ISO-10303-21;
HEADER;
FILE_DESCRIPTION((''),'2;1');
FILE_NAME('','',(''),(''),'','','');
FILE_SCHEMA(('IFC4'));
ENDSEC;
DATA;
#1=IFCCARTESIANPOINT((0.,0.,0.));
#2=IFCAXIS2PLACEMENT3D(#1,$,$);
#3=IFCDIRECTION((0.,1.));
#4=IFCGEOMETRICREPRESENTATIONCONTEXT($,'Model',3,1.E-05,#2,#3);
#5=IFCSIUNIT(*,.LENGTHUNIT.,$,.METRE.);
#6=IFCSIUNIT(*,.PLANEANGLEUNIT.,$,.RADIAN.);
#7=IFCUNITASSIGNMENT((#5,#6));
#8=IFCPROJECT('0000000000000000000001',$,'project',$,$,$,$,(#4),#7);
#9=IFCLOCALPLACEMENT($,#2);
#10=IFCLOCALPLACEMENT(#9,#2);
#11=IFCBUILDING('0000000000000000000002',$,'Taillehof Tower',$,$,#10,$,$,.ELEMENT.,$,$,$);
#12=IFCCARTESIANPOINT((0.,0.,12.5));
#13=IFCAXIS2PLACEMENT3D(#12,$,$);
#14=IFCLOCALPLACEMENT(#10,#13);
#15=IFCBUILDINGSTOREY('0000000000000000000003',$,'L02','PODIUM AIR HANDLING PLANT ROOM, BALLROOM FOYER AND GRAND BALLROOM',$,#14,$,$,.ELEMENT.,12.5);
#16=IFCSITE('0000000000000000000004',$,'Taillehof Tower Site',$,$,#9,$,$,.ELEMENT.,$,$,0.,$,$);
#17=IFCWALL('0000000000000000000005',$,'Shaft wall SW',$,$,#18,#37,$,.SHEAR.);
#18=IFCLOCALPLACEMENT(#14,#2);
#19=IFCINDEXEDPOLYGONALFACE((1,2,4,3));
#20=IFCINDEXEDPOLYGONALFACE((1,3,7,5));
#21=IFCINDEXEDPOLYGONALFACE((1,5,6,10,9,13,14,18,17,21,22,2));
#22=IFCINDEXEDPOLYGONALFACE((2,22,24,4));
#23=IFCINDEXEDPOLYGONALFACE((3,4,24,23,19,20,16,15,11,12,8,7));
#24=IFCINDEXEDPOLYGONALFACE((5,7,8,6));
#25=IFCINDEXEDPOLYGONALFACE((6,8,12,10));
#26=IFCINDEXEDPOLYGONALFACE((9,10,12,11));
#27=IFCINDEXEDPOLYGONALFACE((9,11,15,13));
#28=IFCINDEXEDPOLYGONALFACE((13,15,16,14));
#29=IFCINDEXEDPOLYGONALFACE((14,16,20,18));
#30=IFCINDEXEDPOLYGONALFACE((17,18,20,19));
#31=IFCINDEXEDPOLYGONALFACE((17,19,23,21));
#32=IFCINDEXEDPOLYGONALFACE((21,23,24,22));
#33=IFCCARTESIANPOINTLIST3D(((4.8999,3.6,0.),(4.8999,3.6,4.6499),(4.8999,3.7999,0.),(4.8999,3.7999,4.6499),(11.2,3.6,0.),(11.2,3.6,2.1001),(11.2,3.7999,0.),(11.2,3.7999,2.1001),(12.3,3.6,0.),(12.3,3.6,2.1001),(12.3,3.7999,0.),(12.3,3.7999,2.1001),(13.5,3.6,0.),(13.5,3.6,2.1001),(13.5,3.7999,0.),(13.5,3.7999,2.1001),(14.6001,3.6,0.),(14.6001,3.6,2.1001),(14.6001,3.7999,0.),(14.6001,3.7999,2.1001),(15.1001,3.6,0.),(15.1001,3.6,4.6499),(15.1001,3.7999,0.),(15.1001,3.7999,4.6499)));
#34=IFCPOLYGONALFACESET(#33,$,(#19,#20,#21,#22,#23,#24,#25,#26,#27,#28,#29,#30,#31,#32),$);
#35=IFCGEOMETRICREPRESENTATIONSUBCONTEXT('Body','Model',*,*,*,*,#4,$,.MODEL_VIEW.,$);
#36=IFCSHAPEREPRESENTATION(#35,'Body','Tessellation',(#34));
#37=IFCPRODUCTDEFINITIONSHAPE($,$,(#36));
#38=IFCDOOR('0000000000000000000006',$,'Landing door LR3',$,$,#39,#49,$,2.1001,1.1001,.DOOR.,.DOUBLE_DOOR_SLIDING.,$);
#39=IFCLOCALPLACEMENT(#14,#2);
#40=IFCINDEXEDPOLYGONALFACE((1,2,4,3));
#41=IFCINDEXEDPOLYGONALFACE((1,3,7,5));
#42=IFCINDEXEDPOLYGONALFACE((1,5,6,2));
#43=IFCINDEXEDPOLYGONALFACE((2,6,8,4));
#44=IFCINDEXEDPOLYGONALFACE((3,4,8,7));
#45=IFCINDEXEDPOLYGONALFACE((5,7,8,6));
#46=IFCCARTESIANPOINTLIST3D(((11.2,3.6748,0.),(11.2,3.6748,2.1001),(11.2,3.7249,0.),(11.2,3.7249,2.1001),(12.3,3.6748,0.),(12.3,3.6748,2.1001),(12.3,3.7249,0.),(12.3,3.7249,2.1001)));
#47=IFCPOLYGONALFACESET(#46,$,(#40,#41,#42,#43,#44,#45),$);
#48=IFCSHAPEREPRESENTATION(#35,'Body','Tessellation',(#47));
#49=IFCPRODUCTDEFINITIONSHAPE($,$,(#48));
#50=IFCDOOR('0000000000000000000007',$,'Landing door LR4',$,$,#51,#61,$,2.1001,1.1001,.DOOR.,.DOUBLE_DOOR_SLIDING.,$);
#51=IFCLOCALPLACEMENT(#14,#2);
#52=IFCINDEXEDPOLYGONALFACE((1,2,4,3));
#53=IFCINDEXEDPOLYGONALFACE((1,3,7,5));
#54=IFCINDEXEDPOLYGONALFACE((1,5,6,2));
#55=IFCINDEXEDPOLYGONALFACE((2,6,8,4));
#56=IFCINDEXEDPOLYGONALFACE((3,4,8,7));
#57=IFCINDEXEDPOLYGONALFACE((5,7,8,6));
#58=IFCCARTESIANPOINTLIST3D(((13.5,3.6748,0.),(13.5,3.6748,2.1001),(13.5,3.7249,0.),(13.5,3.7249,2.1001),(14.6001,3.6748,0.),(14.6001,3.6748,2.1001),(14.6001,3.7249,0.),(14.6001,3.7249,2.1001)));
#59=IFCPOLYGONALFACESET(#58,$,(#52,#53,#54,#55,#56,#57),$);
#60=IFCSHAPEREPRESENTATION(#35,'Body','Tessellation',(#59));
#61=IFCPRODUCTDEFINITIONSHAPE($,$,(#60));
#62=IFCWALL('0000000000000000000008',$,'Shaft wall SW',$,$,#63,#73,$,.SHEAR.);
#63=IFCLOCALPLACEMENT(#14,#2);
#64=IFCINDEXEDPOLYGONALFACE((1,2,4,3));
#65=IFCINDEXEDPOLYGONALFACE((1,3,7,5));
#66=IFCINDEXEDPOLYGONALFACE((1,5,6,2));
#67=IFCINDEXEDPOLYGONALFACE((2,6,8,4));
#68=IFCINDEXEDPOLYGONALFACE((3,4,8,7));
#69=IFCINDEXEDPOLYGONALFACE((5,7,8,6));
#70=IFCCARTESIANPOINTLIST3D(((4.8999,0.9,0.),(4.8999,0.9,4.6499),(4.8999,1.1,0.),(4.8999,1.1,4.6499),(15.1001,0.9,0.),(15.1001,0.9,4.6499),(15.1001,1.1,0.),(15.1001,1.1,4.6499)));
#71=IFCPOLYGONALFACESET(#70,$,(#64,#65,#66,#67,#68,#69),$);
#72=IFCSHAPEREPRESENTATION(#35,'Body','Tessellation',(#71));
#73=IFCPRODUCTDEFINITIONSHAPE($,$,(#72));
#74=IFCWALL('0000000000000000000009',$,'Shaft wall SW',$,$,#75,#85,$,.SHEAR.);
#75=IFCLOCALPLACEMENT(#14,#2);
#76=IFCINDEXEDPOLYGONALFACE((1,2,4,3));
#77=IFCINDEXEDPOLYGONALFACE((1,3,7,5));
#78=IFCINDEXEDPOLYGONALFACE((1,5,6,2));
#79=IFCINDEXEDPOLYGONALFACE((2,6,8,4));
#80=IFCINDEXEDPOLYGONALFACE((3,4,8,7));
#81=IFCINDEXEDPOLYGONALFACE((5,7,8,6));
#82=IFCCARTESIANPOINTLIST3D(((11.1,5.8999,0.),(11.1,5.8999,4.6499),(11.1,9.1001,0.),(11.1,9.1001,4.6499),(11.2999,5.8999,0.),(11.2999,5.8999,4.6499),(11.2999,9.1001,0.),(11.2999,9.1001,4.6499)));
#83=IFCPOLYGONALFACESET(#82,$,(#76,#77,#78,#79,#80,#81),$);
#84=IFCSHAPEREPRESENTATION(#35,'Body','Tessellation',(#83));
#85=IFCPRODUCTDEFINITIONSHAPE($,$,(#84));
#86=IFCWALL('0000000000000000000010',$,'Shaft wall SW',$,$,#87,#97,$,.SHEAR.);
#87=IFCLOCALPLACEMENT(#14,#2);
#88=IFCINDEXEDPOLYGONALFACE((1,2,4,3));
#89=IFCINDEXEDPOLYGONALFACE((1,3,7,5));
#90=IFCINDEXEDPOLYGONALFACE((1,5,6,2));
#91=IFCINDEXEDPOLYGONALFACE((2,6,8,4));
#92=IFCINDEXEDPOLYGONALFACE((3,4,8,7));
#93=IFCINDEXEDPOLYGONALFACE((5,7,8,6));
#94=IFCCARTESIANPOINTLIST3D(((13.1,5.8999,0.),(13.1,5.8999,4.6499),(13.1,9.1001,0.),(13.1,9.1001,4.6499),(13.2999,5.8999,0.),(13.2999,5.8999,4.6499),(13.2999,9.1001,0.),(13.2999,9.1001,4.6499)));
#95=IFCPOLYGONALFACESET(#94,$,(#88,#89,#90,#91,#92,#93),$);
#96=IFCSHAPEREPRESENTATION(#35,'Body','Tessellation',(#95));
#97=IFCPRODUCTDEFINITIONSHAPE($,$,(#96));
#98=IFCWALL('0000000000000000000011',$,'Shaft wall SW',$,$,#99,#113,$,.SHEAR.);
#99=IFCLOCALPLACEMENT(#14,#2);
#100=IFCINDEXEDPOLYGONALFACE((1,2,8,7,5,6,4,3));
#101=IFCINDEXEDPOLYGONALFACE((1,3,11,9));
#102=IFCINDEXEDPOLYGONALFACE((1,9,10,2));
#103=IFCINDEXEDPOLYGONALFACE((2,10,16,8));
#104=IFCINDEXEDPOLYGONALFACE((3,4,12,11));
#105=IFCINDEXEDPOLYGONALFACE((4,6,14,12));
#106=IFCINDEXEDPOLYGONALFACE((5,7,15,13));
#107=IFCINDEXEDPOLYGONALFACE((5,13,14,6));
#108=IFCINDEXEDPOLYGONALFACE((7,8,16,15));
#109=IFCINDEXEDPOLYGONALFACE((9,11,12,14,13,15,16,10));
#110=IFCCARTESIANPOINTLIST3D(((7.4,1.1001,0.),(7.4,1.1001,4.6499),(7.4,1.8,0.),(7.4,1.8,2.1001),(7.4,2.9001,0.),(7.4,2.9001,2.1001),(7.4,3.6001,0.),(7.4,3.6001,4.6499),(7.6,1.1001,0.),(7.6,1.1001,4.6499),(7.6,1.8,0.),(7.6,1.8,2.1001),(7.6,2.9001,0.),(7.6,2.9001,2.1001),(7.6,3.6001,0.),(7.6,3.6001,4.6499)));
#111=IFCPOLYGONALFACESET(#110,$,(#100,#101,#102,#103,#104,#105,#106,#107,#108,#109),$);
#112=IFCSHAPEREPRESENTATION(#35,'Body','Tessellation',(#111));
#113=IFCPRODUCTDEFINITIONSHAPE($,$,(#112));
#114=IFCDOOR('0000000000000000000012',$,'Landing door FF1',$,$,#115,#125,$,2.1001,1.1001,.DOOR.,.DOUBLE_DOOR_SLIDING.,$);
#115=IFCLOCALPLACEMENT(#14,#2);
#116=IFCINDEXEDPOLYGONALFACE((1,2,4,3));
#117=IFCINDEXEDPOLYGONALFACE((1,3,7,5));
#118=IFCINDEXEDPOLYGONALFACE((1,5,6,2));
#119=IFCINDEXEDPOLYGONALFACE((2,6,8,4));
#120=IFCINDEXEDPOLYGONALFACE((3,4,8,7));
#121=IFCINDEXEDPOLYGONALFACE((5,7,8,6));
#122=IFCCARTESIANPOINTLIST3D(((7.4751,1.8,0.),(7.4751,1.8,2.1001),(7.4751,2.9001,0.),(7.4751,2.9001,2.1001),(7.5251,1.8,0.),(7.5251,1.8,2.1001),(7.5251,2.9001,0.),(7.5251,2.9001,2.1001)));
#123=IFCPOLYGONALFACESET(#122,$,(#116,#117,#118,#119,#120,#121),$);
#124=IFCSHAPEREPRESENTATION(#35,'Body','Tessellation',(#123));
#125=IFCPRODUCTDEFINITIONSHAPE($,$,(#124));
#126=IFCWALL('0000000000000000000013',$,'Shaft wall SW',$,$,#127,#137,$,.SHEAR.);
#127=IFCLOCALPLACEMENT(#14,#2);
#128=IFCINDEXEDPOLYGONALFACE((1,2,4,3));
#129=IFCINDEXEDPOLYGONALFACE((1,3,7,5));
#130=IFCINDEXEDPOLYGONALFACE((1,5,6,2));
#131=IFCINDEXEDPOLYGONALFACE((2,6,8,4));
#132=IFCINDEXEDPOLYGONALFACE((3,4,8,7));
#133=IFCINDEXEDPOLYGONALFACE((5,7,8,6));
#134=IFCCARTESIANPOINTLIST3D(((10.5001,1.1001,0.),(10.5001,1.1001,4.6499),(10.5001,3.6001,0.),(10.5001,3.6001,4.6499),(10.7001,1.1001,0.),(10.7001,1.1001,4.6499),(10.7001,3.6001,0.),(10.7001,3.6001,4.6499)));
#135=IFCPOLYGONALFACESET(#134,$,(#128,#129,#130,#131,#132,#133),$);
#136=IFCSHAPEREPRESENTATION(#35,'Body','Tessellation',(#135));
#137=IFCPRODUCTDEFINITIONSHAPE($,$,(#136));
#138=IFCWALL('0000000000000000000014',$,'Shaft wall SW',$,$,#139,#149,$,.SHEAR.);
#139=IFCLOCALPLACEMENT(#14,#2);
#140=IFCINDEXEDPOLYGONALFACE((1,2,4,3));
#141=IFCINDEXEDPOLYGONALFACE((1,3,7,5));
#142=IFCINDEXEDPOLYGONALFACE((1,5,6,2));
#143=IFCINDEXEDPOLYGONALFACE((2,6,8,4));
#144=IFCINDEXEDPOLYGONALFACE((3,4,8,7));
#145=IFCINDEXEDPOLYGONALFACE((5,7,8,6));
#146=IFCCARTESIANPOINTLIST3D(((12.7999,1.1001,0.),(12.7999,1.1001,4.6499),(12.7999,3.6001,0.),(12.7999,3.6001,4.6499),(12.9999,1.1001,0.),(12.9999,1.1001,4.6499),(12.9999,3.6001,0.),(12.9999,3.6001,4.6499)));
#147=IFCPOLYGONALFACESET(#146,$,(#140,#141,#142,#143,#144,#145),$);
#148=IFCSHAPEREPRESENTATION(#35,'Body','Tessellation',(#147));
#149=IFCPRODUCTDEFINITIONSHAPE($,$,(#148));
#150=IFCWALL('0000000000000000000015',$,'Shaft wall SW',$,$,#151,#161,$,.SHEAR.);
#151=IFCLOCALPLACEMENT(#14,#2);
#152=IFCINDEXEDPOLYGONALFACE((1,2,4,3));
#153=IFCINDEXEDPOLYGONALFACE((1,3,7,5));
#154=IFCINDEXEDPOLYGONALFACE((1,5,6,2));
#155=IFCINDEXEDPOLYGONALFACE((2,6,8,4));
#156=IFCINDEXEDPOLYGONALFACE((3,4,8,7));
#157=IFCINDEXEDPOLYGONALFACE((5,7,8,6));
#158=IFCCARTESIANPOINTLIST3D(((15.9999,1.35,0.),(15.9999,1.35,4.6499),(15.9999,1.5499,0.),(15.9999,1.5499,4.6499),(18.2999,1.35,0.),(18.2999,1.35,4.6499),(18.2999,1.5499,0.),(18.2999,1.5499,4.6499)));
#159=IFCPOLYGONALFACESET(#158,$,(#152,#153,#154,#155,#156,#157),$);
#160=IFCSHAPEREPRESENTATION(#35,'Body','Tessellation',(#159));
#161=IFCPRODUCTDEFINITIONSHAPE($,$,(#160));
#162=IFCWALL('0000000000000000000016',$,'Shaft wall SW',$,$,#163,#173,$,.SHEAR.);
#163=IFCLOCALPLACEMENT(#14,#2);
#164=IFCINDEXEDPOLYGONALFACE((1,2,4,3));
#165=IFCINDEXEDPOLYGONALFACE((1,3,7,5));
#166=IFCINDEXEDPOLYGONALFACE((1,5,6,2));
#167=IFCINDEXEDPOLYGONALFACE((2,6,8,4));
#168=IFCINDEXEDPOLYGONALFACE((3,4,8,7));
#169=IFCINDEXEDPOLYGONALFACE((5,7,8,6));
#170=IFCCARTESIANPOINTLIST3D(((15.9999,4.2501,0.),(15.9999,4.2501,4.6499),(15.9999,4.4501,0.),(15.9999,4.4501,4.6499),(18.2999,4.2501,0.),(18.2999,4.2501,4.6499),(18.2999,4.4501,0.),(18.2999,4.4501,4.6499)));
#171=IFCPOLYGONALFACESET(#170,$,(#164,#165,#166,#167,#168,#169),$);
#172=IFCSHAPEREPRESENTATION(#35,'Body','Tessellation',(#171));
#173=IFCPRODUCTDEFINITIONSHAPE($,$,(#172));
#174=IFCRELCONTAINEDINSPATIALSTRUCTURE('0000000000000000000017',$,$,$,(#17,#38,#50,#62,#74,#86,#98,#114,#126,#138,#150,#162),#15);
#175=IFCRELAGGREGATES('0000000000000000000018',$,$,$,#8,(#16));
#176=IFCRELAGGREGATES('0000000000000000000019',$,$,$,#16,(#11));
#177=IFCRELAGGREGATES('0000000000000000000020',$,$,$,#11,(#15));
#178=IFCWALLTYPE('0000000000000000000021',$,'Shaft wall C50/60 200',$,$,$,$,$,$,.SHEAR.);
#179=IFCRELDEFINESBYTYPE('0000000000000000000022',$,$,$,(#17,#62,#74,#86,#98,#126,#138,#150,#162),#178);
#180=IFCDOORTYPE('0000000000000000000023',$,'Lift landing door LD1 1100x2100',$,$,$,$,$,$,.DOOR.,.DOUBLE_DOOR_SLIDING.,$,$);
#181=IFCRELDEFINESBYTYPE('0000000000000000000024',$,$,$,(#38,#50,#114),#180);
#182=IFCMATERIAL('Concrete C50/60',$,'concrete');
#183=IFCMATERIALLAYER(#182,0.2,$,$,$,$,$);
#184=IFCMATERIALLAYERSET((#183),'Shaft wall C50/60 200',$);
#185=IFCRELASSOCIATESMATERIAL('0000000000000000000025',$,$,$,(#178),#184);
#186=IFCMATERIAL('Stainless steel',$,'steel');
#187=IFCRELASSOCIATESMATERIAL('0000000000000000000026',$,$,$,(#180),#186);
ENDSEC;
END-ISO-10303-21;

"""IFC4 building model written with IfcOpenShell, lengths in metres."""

from ifc_helpers import new_model, si_unit, direction, frame, frame_2d, origin, place, context, subcontext, project, spatial, rectangle, extrude, material, layer, layer_set, type_object, element, fill, save


model = new_model("IFC4")

# Units and contexts
model_context = context("Model", 3, precision=1e-05, world=origin(), true_north=direction((0.0, 1.0)))
body_context = subcontext(model_context, "Body", "Model", "MODEL_VIEW")
ifc_project = project(units=[si_unit("LENGTHUNIT", "METRE"), si_unit("PLANEANGLEUNIT", "RADIAN")], contexts=[model_context])

# Site, building, storey
site_placement = place(None, origin())
site = spatial("IfcSite", under=ifc_project, at=site_placement, Name="Taillehof Tower Site", CompositionType="ELEMENT", RefElevation=0.0)
building_placement = place(site_placement, origin())
building = spatial("IfcBuilding", under=site, at=building_placement, Name="Taillehof Tower", CompositionType="ELEMENT")
storey_placement = place(building_placement, frame((0.0, 0.0, 12.5)))
storey = spatial("IfcBuildingStorey", under=building, at=storey_placement, Name="L02", Description="PODIUM AIR HANDLING PLANT ROOM, BALLROOM FOYER AND GRAND BALLROOM", CompositionType="ELEMENT", Elevation=12.5)

# Wall, openings, doors
ifc_material_1 = material(Name="Concrete C50/60", Category="concrete")
ifc_layer_1 = layer(ifc_material_1, 0.2)
ifc_layer_set_1 = layer_set([ifc_layer_1], Name="Shaft wall C50/60 200")
wall_type_1 = type_object("IfcWallType", Name="Shaft wall C50/60 200", PredefinedType="SHEAR", material=ifc_layer_set_1)
ifc_material_2 = material(Name="Stainless steel", Category="steel")
door_type_1 = type_object("IfcDoorType", Name="Lift landing door LD1 1100x2100", OperationType="DOUBLE_DOOR_SLIDING", PredefinedType="DOOR", material=ifc_material_2)
wall_1_placement = place(storey_placement, frame((4.8999, 3.7, 0.0), z_axis=(0.0, 0.0, 1.0), x_axis=(1.0, 0.0, 0.0)))
wall_1 = element("IfcWall", 1, at=wall_1_placement, inside=storey, type_object=wall_type_1, Name="Shaft wall SW", PredefinedType="SHEAR", context=body_context, shape_type="SweptSolid", body=[
    extrude(rectangle(XDim=10.2002, YDim=0.2, at=frame_2d((5.1001, 0.0))), origin(), (0.0, 0.0, 1.0), 4.6499),
])
opening_1_placement = place(wall_1_placement, frame((6.3, 0.0, 0.0)))
opening_1 = element("IfcOpeningElement", 2, at=opening_1_placement, cuts=wall_1, PredefinedType="OPENING", context=body_context, shape_type="SweptSolid", body=[
    extrude(rectangle(XDim=1.1001, YDim=2.1001, at=frame_2d((0.55, 1.05))), frame((0.0, 0.1099, 0.0), z_axis=(0.0, -1.0, 0.0), x_axis=(1.0, 0.0, 0.0)), (0.0, 0.0, 1.0), 0.22),
])
opening_2_placement = place(wall_1_placement, frame((8.6001, 0.0, 0.0)))
opening_2 = element("IfcOpeningElement", 3, at=opening_2_placement, cuts=wall_1, PredefinedType="OPENING", context=body_context, shape_type="SweptSolid", body=[
    extrude(rectangle(XDim=1.1001, YDim=2.1001, at=frame_2d((0.55, 1.05))), frame((0.0, 0.1099, 0.0), z_axis=(0.0, -1.0, 0.0), x_axis=(1.0, 0.0, 0.0)), (0.0, 0.0, 1.0), 0.22),
])
door_1_placement = place(opening_1_placement, origin())
door_1 = element("IfcDoor", 4, at=door_1_placement, inside=storey, type_object=door_type_1, Name="Landing door LR3", OperationType="DOUBLE_DOOR_SLIDING", OverallHeight=2.1001, OverallWidth=1.1001, PredefinedType="DOOR", context=body_context, shape_type="SweptSolid", body=[
    extrude(rectangle(XDim=1.1001, YDim=2.1001, at=frame_2d((0.55, 1.05))), frame((0.0, 0.0249, 0.0), z_axis=(0.0, -1.0, 0.0), x_axis=(1.0, 0.0, 0.0)), (0.0, 0.0, 1.0), 0.05),
])
fill(opening_1, door_1)
door_2_placement = place(opening_2_placement, origin())
door_2 = element("IfcDoor", 5, at=door_2_placement, inside=storey, type_object=door_type_1, Name="Landing door LR4", OperationType="DOUBLE_DOOR_SLIDING", OverallHeight=2.1001, OverallWidth=1.1001, PredefinedType="DOOR", context=body_context, shape_type="SweptSolid", body=[
    extrude(rectangle(XDim=1.1001, YDim=2.1001, at=frame_2d((0.55, 1.05))), frame((0.0, 0.0249, 0.0), z_axis=(0.0, -1.0, 0.0), x_axis=(1.0, 0.0, 0.0)), (0.0, 0.0, 1.0), 0.05),
])
fill(opening_2, door_2)

# Walls
wall_2_placement = place(storey_placement, frame((4.8999, 1.0, 0.0), z_axis=(0.0, 0.0, 1.0), x_axis=(1.0, 0.0, 0.0)))
element("IfcWall", 6, at=wall_2_placement, inside=storey, type_object=wall_type_1, Name="Shaft wall SW", PredefinedType="SHEAR", context=body_context, shape_type="SweptSolid", body=[
    extrude(rectangle(XDim=10.2002, YDim=0.2, at=frame_2d((5.1001, 0.0))), origin(), (0.0, 0.0, 1.0), 4.6499),
])
for number, where, z_axis, x_axis, name in (
    (7, (11.2, 5.8999, 0.0), (0.0, 0.0, 1.0), (0.0, 1.0, 0.0), "Shaft wall SW"),
    (8, (13.2, 5.8999, 0.0), (0.0, 0.0, 1.0), (0.0, 1.0, 0.0), "Shaft wall SW"),
):
    element("IfcWall", number, at=place(storey_placement, frame(where, z_axis=z_axis, x_axis=x_axis)), inside=storey, type_object=wall_type_1, Name=name, PredefinedType="SHEAR", context=body_context, shape_type="SweptSolid", body=[
        extrude(rectangle(XDim=3.2002, YDim=0.2, at=frame_2d((1.6001, 0.0))), origin(), (0.0, 0.0, 1.0), 4.6499),
    ])

# Wall, opening, door
wall_3_placement = place(storey_placement, frame((7.5, 1.1001, 0.0), z_axis=(0.0, 0.0, 1.0), x_axis=(0.0, 1.0, 0.0)))
wall_3 = element("IfcWall", 9, at=wall_3_placement, inside=storey, type_object=wall_type_1, Name="Shaft wall SW", PredefinedType="SHEAR", context=body_context, shape_type="SweptSolid", body=[
    extrude(rectangle(XDim=2.5, YDim=0.2, at=frame_2d((1.25, 0.0))), origin(), (0.0, 0.0, 1.0), 4.6499),
])
opening_3_placement = place(wall_3_placement, frame((0.7, 0.0, 0.0)))
opening_3 = element("IfcOpeningElement", 10, at=opening_3_placement, cuts=wall_3, PredefinedType="OPENING", context=body_context, shape_type="SweptSolid", body=[
    extrude(rectangle(XDim=1.1001, YDim=2.1001, at=frame_2d((0.55, 1.05))), frame((0.0, 0.1099, 0.0), z_axis=(0.0, -1.0, 0.0), x_axis=(1.0, 0.0, 0.0)), (0.0, 0.0, 1.0), 0.22),
])
door_3_placement = place(opening_3_placement, origin())
door_3 = element("IfcDoor", 11, at=door_3_placement, inside=storey, type_object=door_type_1, Name="Landing door FF1", OperationType="DOUBLE_DOOR_SLIDING", OverallHeight=2.1001, OverallWidth=1.1001, PredefinedType="DOOR", context=body_context, shape_type="SweptSolid", body=[
    extrude(rectangle(XDim=1.1001, YDim=2.1001, at=frame_2d((0.55, 1.05))), frame((0.0, 0.0249, 0.0), z_axis=(0.0, -1.0, 0.0), x_axis=(1.0, 0.0, 0.0)), (0.0, 0.0, 1.0), 0.05),
])
fill(opening_3, door_3)

# Walls
for number, where, z_axis, x_axis, name in (
    (12, (10.6001, 1.1001, 0.0), (0.0, 0.0, 1.0), (0.0, 1.0, 0.0), "Shaft wall SW"),
    (13, (12.8999, 1.1001, 0.0), (0.0, 0.0, 1.0), (0.0, 1.0, 0.0), "Shaft wall SW"),
):
    element("IfcWall", number, at=place(storey_placement, frame(where, z_axis=z_axis, x_axis=x_axis)), inside=storey, type_object=wall_type_1, Name=name, PredefinedType="SHEAR", context=body_context, shape_type="SweptSolid", body=[
        extrude(rectangle(XDim=2.5, YDim=0.2, at=frame_2d((1.25, 0.0))), origin(), (0.0, 0.0, 1.0), 4.6499),
    ])
for number, where, z_axis, x_axis, name in (
    (14, (16.0, 1.45, 0.0), (0.0, 0.0, 1.0), (1.0, 0.0, 0.0), "Shaft wall SW"),
    (15, (16.0, 4.3501, 0.0), (0.0, 0.0, 1.0), (1.0, 0.0, 0.0), "Shaft wall SW"),
):
    element("IfcWall", number, at=place(storey_placement, frame(where, z_axis=z_axis, x_axis=x_axis)), inside=storey, type_object=wall_type_1, Name=name, PredefinedType="SHEAR", context=body_context, shape_type="SweptSolid", body=[
        extrude(rectangle(XDim=2.3, YDim=0.2, at=frame_2d((1.1499, 0.0))), origin(), (0.0, 0.0, 1.0), 4.6499),
    ])

save(model, "model.ifc")
